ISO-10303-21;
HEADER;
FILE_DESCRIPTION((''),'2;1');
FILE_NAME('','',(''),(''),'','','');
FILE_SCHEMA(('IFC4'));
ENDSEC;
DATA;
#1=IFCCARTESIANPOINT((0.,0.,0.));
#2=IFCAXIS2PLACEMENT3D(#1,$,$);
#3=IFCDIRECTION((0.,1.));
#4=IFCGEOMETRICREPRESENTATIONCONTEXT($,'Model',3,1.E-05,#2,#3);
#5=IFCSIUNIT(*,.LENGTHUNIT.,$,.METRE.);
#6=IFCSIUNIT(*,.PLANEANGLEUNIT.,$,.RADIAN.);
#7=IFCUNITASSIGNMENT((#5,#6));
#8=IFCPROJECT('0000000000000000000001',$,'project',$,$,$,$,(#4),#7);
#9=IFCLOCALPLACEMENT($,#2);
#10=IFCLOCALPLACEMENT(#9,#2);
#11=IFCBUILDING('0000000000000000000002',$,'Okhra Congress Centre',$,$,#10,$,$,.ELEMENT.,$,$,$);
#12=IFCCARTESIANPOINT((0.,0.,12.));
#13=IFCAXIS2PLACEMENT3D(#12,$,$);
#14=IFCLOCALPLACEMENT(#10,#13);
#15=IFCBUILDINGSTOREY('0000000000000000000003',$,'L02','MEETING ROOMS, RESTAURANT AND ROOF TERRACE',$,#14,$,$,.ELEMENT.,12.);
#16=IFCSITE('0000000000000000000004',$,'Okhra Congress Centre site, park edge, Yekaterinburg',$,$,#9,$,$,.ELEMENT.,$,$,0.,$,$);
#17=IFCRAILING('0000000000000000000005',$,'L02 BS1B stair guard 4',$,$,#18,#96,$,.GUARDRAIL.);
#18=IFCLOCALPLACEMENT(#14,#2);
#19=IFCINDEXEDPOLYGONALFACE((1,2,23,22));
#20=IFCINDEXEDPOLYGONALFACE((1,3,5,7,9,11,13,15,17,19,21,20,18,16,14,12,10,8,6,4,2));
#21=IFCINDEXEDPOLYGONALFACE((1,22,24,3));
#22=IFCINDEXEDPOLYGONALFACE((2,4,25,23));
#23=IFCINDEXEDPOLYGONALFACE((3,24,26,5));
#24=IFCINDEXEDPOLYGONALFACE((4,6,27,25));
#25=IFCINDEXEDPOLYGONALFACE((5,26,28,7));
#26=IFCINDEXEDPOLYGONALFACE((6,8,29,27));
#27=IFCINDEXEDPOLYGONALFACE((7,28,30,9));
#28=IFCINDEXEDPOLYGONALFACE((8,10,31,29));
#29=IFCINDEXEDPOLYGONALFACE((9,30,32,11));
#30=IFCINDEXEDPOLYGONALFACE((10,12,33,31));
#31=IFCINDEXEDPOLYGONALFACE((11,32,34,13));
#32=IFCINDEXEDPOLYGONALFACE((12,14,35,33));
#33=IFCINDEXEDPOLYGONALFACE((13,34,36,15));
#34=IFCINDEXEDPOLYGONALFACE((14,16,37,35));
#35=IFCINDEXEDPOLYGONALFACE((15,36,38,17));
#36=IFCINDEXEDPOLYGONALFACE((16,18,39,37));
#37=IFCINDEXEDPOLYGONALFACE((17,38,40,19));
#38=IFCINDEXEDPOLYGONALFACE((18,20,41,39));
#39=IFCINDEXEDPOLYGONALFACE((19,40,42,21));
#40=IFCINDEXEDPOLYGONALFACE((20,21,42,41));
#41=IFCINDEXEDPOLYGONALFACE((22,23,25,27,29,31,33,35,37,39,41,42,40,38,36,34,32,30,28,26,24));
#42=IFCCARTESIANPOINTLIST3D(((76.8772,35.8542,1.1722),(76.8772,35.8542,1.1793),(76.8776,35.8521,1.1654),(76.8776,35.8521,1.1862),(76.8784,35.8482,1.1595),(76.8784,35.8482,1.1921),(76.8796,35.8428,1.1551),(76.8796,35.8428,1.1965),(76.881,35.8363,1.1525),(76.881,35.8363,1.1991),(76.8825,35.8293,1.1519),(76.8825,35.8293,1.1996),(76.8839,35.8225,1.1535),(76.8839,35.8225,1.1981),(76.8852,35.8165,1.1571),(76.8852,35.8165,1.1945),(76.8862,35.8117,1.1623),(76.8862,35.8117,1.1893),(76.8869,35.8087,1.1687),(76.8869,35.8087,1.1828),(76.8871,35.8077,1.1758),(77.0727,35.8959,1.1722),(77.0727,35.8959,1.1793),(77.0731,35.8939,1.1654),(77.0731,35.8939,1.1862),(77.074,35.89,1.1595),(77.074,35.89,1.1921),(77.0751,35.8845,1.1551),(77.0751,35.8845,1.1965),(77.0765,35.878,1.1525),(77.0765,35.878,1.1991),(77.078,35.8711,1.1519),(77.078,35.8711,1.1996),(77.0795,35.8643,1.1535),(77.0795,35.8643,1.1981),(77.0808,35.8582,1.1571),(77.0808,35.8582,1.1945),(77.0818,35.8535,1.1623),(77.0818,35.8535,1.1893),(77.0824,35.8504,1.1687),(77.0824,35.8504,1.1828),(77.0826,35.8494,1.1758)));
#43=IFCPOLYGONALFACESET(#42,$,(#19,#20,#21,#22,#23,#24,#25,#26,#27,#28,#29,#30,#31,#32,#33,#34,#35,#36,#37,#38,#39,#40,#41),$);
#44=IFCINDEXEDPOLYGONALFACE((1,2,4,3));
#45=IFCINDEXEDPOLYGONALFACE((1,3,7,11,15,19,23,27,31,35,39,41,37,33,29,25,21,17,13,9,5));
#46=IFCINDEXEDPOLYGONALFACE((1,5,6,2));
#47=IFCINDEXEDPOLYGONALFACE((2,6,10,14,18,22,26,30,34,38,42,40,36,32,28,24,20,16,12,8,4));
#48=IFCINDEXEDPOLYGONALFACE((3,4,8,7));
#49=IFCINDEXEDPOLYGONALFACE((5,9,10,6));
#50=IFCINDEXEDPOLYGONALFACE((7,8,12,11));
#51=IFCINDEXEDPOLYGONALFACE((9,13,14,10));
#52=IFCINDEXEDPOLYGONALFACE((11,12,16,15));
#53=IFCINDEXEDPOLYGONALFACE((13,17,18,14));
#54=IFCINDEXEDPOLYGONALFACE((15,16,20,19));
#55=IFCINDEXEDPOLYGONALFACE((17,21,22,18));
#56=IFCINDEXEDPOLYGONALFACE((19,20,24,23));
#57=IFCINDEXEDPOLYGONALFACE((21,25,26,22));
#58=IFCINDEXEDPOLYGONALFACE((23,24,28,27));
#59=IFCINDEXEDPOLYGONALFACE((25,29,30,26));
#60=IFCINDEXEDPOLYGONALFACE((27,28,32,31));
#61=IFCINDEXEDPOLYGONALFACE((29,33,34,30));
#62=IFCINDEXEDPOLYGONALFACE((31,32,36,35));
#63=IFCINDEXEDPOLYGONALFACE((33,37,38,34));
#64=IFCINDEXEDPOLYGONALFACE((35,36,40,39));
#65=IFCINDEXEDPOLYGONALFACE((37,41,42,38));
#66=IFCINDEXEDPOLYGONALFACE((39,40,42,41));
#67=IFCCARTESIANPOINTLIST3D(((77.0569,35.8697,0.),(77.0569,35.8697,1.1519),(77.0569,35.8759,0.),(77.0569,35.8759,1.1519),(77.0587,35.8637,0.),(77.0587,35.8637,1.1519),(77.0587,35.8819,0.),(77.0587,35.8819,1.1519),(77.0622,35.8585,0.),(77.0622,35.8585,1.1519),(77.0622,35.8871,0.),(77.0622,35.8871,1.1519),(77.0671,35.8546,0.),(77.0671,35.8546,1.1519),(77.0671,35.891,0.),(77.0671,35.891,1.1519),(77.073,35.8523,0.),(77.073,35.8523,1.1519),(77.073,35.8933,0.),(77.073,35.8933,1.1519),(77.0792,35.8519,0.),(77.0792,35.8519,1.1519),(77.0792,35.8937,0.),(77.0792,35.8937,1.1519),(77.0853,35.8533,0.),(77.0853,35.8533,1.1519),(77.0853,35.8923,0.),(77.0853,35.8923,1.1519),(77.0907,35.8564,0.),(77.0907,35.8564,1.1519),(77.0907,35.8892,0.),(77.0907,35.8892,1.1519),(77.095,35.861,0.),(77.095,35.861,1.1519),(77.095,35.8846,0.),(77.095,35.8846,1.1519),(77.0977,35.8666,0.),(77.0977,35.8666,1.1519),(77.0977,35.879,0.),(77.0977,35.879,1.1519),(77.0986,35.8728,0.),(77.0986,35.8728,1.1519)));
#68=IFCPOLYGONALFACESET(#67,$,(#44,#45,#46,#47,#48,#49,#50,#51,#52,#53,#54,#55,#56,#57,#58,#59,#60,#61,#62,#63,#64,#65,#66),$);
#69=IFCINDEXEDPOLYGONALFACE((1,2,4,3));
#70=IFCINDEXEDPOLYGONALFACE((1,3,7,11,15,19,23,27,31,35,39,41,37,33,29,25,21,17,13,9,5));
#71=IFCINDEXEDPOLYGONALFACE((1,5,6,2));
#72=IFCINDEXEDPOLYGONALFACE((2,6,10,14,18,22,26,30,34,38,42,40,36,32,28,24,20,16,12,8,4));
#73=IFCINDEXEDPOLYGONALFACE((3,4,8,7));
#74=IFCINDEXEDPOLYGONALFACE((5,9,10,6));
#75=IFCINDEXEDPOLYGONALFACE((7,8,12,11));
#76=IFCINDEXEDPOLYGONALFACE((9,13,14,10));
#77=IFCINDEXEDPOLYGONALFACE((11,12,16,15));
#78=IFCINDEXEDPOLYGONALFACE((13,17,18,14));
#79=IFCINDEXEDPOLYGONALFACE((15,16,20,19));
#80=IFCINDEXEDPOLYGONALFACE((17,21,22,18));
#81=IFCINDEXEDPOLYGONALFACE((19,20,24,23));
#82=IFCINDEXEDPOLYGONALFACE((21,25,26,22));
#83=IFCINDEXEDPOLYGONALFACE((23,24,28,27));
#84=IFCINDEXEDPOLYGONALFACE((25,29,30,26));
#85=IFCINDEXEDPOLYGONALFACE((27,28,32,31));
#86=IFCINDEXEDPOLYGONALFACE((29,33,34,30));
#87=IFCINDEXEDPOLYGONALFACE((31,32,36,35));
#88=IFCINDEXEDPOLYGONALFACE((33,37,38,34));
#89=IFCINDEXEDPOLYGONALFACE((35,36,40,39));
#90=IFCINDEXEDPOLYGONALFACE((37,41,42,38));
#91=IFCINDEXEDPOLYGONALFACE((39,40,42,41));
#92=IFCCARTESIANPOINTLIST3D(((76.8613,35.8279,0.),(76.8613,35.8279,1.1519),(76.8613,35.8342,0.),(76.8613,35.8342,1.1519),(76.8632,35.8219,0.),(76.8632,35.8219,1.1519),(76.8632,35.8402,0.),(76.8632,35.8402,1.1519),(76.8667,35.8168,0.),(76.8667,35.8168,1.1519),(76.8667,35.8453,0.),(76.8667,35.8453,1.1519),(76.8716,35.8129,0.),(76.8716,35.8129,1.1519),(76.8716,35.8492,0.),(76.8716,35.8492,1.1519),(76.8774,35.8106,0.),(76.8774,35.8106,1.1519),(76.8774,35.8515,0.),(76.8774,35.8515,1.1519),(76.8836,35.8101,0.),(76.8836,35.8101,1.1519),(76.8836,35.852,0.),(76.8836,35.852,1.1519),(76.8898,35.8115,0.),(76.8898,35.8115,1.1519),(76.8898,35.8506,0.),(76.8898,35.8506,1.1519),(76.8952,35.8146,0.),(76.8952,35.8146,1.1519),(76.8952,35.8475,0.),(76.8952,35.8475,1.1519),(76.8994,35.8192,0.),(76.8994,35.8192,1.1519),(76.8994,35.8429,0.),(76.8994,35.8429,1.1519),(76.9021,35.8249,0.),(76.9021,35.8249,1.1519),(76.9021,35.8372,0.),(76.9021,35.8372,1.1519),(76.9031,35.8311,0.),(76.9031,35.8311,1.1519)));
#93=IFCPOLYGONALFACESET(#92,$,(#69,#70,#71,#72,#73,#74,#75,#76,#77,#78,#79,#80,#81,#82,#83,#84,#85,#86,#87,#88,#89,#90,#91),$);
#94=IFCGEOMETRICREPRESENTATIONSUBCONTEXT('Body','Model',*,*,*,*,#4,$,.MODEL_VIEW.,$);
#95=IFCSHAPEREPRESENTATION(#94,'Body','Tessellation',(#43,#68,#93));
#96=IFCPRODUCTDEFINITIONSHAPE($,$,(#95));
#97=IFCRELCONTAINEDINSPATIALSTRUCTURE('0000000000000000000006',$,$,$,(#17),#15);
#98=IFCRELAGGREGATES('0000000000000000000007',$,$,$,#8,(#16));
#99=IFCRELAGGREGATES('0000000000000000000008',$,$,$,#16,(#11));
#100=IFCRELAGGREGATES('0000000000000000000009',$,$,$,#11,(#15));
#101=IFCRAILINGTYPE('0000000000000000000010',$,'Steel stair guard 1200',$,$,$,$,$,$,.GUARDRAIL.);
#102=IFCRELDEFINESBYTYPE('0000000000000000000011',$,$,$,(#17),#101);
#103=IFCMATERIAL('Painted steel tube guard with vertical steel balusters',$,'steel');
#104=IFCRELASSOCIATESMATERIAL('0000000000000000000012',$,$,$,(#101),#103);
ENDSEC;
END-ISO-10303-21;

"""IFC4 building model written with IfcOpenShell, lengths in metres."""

from ifc_helpers import new_model, si_unit, direction, frame, origin, origin_2d, place, context, subcontext, project, spatial, circle, extrude, material, type_object, element, save


model = new_model("IFC4")

# Units and contexts
model_context = context("Model", 3, precision=1e-05, world=origin(), true_north=direction((0.0, 1.0)))
body_context = subcontext(model_context, "Body", "Model", "MODEL_VIEW")
ifc_project = project(units=[si_unit("LENGTHUNIT", "METRE"), si_unit("PLANEANGLEUNIT", "RADIAN")], contexts=[model_context])

# Site, building, storey
site_placement = place(None, origin())
site = spatial("IfcSite", under=ifc_project, at=site_placement, Name="Okhra Congress Centre site, park edge, Yekaterinburg", CompositionType="ELEMENT", RefElevation=0.0)
building_placement = place(site_placement, origin())
building = spatial("IfcBuilding", under=site, at=building_placement, Name="Okhra Congress Centre", CompositionType="ELEMENT")
storey_placement = place(building_placement, frame((0.0, 0.0, 12.0)))
storey = spatial("IfcBuildingStorey", under=building, at=storey_placement, Name="L02", Description="MEETING ROOMS, RESTAURANT AND ROOF TERRACE", CompositionType="ELEMENT", Elevation=12.0)

# Railing
ifc_material_1 = material(Name="Painted steel tube guard with vertical steel balusters", Category="steel")
railing_type_1 = type_object("IfcRailingType", Name="Steel stair guard 1200", PredefinedType="GUARDRAIL", material=ifc_material_1)
railing_1_placement = place(storey_placement, frame((77.0776, 35.8728, 0.0)))
element("IfcRailing", 1, at=railing_1_placement, inside=storey, type_object=railing_type_1, Name="L02 BS1B stair guard 4", PredefinedType="GUARDRAIL", context=body_context, shape_type="SweptSolid", body=[
    extrude(circle(Radius=0.0239, at=origin_2d()), frame((0.0, 0.0, 1.1758), z_axis=(-0.977963, -0.208779, 0.0), x_axis=(0.208779, -0.977963, 0.0)), (0.0, 0.0, 1.0), 0.2),
    extrude(circle(Radius=0.021, at=origin_2d()), origin(), (0.0, 0.0, 1.0), 1.1519),
    extrude(circle(Radius=0.021, at=origin_2d()), frame((-0.1956, -0.0417, 0.0)), (0.0, 0.0, 1.0), 1.1519),
])

save(model, "model.ifc")
